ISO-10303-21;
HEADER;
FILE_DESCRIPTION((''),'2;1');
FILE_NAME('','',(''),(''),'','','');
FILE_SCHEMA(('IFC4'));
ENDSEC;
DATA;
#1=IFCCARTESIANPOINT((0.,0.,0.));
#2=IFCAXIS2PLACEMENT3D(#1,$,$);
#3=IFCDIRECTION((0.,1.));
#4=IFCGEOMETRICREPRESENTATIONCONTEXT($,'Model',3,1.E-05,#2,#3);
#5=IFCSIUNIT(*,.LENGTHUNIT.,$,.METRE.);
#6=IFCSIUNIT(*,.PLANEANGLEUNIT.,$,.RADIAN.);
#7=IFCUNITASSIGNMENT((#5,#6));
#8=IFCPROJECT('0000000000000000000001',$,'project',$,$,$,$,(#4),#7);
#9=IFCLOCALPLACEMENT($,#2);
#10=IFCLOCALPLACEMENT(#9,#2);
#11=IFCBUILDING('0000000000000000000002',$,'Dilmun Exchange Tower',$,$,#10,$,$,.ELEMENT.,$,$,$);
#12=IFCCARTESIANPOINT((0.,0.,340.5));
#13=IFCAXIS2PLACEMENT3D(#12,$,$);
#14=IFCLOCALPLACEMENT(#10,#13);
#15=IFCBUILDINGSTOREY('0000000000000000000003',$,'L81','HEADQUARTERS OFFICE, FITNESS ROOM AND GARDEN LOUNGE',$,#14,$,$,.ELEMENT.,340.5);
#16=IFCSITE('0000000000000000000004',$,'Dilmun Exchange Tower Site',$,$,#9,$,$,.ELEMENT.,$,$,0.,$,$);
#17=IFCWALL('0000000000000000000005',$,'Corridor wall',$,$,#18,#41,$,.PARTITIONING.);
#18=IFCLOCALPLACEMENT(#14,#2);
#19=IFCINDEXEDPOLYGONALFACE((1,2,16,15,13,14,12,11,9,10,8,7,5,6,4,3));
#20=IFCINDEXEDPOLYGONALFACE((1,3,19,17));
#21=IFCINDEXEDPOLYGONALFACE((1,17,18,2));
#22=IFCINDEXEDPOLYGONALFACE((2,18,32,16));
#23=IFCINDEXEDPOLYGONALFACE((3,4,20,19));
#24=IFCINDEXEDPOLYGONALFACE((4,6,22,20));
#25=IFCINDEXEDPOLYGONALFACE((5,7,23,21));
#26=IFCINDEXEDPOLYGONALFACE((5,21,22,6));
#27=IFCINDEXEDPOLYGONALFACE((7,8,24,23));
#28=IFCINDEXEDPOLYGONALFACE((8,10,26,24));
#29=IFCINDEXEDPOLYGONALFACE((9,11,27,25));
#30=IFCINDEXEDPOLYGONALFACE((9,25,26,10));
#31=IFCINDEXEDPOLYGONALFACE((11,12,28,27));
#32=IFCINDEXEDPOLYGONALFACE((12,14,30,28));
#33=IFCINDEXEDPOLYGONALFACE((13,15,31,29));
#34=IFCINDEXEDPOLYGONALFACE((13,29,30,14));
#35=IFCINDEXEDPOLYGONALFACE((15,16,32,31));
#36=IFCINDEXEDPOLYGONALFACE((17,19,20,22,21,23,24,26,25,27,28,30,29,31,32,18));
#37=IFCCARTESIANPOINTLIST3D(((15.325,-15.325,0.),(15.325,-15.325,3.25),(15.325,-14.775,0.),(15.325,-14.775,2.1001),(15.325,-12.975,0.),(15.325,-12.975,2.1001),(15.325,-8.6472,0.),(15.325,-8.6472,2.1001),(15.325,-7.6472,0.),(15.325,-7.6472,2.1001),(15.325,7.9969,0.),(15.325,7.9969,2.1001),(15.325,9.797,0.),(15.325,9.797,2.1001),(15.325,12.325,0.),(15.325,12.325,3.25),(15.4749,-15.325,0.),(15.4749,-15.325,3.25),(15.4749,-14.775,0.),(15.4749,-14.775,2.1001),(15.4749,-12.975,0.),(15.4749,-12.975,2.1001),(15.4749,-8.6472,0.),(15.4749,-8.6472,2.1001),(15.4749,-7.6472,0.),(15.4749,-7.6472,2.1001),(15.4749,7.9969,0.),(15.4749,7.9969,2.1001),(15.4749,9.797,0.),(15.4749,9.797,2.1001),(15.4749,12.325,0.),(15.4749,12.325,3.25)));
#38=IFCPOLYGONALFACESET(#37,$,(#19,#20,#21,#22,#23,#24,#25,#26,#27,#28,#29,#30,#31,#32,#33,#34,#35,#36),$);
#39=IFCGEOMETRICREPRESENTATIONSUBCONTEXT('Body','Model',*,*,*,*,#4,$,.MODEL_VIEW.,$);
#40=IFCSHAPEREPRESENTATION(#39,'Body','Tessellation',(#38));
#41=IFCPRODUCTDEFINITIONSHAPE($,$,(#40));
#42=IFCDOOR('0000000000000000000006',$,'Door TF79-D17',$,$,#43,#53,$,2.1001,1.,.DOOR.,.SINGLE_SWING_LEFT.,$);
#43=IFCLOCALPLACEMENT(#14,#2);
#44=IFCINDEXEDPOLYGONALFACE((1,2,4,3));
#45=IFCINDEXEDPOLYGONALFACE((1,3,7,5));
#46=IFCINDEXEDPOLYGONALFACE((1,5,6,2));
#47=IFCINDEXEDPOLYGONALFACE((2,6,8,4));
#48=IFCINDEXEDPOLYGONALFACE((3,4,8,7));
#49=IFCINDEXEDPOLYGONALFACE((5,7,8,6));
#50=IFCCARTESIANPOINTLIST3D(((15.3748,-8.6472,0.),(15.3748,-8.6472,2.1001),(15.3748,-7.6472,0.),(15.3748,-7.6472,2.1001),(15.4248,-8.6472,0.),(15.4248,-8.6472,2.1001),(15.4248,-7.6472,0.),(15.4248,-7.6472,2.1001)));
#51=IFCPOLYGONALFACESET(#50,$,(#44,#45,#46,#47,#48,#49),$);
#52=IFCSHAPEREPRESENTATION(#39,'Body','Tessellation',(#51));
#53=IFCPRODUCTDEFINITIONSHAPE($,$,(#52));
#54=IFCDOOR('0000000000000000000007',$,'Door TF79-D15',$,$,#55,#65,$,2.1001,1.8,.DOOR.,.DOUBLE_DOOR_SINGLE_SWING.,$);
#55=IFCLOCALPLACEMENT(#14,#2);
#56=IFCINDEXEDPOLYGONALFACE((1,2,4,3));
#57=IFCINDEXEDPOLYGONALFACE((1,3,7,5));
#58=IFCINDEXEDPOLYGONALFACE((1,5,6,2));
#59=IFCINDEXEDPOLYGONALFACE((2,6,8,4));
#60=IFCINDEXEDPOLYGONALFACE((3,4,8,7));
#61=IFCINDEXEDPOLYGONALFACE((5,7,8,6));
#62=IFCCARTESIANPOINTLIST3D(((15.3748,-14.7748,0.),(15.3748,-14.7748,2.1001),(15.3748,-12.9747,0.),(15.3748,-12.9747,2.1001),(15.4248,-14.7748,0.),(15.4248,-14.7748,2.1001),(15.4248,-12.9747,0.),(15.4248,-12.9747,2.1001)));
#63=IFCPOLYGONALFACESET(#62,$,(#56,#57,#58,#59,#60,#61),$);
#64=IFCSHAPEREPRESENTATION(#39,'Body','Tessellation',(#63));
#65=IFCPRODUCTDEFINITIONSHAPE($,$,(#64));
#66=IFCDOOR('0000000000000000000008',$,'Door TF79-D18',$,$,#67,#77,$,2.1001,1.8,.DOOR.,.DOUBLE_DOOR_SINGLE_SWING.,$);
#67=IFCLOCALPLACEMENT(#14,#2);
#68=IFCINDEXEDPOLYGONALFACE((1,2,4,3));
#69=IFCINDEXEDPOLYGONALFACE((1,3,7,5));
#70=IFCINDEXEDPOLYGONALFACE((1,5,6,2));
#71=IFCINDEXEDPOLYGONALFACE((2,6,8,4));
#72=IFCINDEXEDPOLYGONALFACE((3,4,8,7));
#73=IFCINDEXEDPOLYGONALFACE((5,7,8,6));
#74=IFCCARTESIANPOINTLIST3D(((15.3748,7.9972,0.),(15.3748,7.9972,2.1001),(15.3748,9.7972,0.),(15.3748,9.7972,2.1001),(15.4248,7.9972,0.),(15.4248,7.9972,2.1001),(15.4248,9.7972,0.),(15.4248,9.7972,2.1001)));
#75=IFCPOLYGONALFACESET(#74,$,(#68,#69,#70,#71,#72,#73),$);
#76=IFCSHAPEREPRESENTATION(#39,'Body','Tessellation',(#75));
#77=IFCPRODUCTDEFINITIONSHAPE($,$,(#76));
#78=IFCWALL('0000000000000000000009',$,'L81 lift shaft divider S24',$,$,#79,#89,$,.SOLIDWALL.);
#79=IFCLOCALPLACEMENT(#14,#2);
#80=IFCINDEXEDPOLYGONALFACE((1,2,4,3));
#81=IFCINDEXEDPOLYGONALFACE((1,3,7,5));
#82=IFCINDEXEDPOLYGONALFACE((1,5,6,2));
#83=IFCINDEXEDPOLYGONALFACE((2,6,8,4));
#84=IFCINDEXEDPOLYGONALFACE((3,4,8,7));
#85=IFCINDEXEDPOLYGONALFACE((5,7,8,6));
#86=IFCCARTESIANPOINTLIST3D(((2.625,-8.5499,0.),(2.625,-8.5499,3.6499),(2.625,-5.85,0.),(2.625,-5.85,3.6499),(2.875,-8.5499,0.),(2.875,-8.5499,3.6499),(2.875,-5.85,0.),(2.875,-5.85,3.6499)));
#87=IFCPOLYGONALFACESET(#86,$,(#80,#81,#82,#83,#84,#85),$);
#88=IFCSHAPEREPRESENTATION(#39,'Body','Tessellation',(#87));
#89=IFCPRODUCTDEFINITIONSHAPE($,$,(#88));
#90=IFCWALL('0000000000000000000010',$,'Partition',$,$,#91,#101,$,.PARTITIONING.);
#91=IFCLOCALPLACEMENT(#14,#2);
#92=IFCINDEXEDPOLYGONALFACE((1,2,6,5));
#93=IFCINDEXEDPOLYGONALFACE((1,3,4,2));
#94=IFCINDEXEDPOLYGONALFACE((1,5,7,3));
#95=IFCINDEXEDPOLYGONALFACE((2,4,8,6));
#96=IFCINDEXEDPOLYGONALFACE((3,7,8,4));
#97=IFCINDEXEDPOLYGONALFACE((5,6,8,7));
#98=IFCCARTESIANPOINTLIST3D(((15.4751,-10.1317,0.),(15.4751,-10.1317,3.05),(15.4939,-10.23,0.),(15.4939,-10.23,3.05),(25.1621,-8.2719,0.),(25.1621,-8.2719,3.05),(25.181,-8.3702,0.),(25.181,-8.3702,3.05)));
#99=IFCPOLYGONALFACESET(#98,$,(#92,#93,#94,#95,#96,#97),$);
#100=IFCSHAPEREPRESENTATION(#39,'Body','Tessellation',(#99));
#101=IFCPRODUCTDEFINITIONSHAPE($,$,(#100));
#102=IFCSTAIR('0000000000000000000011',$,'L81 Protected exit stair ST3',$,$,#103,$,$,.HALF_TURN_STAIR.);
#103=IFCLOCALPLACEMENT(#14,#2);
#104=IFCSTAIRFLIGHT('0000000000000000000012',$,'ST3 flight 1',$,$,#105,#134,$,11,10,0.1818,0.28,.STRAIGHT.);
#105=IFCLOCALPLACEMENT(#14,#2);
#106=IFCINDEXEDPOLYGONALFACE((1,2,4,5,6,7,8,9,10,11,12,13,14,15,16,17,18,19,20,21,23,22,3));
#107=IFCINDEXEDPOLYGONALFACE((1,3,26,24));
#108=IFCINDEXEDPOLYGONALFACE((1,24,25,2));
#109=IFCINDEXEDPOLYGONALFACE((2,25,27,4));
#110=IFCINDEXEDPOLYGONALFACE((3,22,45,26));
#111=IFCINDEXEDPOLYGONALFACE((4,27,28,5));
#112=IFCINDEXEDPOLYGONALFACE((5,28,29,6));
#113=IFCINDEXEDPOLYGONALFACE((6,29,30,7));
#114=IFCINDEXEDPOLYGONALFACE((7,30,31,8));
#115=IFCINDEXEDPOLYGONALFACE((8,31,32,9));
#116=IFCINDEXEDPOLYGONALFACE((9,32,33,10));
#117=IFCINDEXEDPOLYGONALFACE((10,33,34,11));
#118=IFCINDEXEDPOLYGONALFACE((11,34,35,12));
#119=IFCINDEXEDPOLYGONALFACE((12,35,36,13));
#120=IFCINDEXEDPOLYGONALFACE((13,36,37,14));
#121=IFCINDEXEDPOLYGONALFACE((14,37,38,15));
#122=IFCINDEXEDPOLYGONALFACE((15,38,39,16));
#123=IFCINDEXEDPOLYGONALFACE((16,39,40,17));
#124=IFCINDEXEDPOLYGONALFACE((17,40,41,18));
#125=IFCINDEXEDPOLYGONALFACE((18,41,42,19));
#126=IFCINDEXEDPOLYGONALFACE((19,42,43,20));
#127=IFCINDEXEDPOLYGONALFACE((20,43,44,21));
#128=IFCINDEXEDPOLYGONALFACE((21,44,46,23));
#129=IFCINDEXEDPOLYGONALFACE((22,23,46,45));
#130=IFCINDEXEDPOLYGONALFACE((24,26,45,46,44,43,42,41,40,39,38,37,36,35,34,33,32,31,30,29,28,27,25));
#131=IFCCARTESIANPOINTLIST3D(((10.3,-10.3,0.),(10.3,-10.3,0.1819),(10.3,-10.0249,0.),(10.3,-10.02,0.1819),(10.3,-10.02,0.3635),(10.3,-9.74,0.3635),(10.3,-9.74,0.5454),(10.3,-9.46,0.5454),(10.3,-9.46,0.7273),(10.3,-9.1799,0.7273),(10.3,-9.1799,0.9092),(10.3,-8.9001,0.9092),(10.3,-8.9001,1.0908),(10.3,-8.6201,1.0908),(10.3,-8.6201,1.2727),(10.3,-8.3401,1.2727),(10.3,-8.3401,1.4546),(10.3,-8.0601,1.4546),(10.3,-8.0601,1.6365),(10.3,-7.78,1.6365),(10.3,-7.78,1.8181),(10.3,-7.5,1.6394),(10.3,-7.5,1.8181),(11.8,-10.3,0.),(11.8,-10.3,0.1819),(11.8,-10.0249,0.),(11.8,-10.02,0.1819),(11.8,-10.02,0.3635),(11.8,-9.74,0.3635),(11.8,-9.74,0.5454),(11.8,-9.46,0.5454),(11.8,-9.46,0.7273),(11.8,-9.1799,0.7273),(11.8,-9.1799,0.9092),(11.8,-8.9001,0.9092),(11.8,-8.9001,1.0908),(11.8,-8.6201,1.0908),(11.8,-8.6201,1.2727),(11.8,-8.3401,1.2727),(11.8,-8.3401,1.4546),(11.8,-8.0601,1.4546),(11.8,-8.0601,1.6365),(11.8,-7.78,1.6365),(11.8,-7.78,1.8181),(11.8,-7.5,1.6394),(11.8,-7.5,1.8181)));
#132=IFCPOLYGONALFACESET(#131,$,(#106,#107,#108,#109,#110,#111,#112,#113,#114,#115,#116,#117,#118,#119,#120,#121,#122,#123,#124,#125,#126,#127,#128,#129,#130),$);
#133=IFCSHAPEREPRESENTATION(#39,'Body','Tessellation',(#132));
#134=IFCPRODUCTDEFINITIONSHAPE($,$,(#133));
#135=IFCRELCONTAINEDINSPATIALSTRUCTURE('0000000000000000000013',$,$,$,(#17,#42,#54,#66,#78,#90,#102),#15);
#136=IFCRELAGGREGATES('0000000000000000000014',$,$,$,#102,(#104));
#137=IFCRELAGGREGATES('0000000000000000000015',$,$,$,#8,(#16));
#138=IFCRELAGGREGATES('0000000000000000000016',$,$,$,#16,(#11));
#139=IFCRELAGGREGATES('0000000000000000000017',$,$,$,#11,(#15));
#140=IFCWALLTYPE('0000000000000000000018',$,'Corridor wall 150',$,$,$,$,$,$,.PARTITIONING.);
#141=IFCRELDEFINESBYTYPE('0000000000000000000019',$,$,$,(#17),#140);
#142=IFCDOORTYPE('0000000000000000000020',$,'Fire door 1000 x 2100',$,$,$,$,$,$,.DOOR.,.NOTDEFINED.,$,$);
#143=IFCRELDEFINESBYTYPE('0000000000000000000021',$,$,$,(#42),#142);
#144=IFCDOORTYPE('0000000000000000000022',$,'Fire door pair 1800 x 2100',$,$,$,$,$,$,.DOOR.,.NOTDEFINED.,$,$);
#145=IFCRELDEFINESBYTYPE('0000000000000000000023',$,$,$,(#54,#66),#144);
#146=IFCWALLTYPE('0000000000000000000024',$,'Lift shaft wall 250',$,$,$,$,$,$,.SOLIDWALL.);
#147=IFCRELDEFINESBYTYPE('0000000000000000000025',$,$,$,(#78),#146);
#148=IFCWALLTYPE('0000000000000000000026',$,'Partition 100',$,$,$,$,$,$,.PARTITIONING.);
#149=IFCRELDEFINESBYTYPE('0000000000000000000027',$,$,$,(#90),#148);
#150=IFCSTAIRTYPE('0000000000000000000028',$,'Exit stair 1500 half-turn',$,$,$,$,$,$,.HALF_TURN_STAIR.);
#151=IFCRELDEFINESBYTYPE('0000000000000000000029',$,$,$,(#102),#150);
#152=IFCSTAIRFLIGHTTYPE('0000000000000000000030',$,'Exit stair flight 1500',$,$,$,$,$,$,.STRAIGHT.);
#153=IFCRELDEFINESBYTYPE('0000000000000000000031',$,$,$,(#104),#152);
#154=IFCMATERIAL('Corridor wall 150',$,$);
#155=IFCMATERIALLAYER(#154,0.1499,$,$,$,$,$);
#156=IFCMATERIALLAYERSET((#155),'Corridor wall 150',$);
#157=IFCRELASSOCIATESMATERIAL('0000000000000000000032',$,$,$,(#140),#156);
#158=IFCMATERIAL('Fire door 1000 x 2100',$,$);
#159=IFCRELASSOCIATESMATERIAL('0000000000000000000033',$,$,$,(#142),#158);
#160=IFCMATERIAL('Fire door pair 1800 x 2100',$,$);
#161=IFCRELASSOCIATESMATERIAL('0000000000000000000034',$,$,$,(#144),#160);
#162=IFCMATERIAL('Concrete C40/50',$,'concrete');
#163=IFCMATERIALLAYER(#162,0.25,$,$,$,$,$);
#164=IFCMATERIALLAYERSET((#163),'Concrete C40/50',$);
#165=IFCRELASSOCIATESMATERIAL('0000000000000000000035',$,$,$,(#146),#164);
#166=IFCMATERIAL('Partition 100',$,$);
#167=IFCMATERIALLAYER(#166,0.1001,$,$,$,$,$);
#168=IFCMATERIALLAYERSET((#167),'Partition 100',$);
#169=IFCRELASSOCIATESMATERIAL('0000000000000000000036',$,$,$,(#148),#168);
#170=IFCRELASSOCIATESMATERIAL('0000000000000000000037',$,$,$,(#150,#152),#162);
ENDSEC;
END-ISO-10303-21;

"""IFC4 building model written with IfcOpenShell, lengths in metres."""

from ifc_helpers import new_model, si_unit, direction, frame, frame_2d, origin, place, context, subcontext, project, spatial, polyline, rectangle, outline, extrude, material, layer, layer_set, type_object, element, fill, aggregate, save


model = new_model("IFC4")

# Units and contexts
model_context = context("Model", 3, precision=1e-05, world=origin(), true_north=direction((0.0, 1.0)))
body_context = subcontext(model_context, "Body", "Model", "MODEL_VIEW")
ifc_project = project(units=[si_unit("LENGTHUNIT", "METRE"), si_unit("PLANEANGLEUNIT", "RADIAN")], contexts=[model_context])

# Site, building, storey
site_placement = place(None, origin())
site = spatial("IfcSite", under=ifc_project, at=site_placement, Name="Dilmun Exchange Tower Site", CompositionType="ELEMENT", RefElevation=0.0)
building_placement = place(site_placement, origin())
building = spatial("IfcBuilding", under=site, at=building_placement, Name="Dilmun Exchange Tower", CompositionType="ELEMENT")
storey_placement = place(building_placement, frame((0.0, 0.0, 340.5)))
storey = spatial("IfcBuildingStorey", under=building, at=storey_placement, Name="L81", Description="HEADQUARTERS OFFICE, FITNESS ROOM AND GARDEN LOUNGE", CompositionType="ELEMENT", Elevation=340.5)

# Shared definitions
ifc_material_1 = material(Name="Concrete C40/50", Category="concrete")

# Shared definitions
ifc_material_2 = material(Name="Corridor wall 150")
ifc_layer_1 = layer(ifc_material_2, 0.1499)
ifc_layer_set_1 = layer_set([ifc_layer_1], Name="Corridor wall 150")
wall_type_1 = type_object("IfcWallType", Name="Corridor wall 150", PredefinedType="PARTITIONING", material=ifc_layer_set_1)
ifc_material_3 = material(Name="Fire door 1000 x 2100")
door_type_1 = type_object("IfcDoorType", Name="Fire door 1000 x 2100", OperationType="NOTDEFINED", PredefinedType="DOOR", material=ifc_material_3)

# Wall, openings, doors
wall_1_placement = place(storey_placement, frame((15.3999, -15.325, 0.0), z_axis=(0.0, 0.0, 1.0), x_axis=(0.0, 1.0, 0.0)))
wall_1 = element("IfcWall", 1, at=wall_1_placement, inside=storey, type_object=wall_type_1, Name="Corridor wall", PredefinedType="PARTITIONING", context=body_context, shape_type="SweptSolid", body=[
    extrude(rectangle(XDim=27.6499, YDim=0.1499, at=frame_2d((13.825, 0.0))), origin(), (0.0, 0.0, 1.0), 3.25),
])
opening_1_placement = place(wall_1_placement, frame((0.55, 0.0, 0.0)))
opening_1 = element("IfcOpeningElement", 2, at=opening_1_placement, cuts=wall_1, PredefinedType="OPENING", context=body_context, shape_type="SweptSolid", body=[
    extrude(rectangle(XDim=1.8, YDim=2.1001, at=frame_2d((0.8999, 1.05))), frame((0.0, 0.085, 0.0), z_axis=(0.0, -1.0, 0.0), x_axis=(1.0, 0.0, 0.0)), (0.0, 0.0, 1.0), 0.1699),
])
opening_2_placement = place(wall_1_placement, frame((6.6777, 0.0, 0.0)))
opening_2 = element("IfcOpeningElement", 3, at=opening_2_placement, cuts=wall_1, PredefinedType="OPENING", context=body_context, shape_type="SweptSolid", body=[
    extrude(rectangle(XDim=1.0, YDim=2.1001, at=frame_2d((0.5, 1.05))), frame((0.0, 0.085, 0.0), z_axis=(0.0, -1.0, 0.0), x_axis=(1.0, 0.0, 0.0)), (0.0, 0.0, 1.0), 0.1699),
])
opening_3_placement = place(wall_1_placement, frame((23.322, 0.0, 0.0)))
opening_3 = element("IfcOpeningElement", 4, at=opening_3_placement, cuts=wall_1, PredefinedType="OPENING", context=body_context, shape_type="SweptSolid", body=[
    extrude(rectangle(XDim=1.8, YDim=2.1001, at=frame_2d((0.8999, 1.05))), frame((0.0, 0.085, 0.0), z_axis=(0.0, -1.0, 0.0), x_axis=(1.0, 0.0, 0.0)), (0.0, 0.0, 1.0), 0.1699),
])
door_1_placement = place(opening_2_placement, frame((1.0, 0.0, 0.0), z_axis=(0.0, 0.0, 1.0), x_axis=(-1.0, 0.0, 0.0)))
door_1 = element("IfcDoor", 5, at=door_1_placement, inside=storey, type_object=door_type_1, Name="Door TF79-D17", OperationType="SINGLE_SWING_LEFT", OverallHeight=2.1001, OverallWidth=1.0, PredefinedType="DOOR", context=body_context, shape_type="SweptSolid", body=[
    extrude(rectangle(XDim=1.0, YDim=2.1001, at=frame_2d((0.5, 1.05))), frame((0.0, 0.0249, 0.0), z_axis=(0.0, -1.0, 0.0), x_axis=(1.0, 0.0, 0.0)), (0.0, 0.0, 1.0), 0.05),
])
fill(opening_2, door_1)
ifc_material_4 = material(Name="Fire door pair 1800 x 2100")
door_type_2 = type_object("IfcDoorType", Name="Fire door pair 1800 x 2100", OperationType="NOTDEFINED", PredefinedType="DOOR", material=ifc_material_4)
door_2_placement = place(opening_1_placement, frame((1.8, 0.0, 0.0), z_axis=(0.0, 0.0, 1.0), x_axis=(-1.0, 0.0, 0.0)))
door_2 = element("IfcDoor", 6, at=door_2_placement, inside=storey, type_object=door_type_2, Name="Door TF79-D15", OperationType="DOUBLE_DOOR_SINGLE_SWING", OverallHeight=2.1001, OverallWidth=1.8, PredefinedType="DOOR", context=body_context, shape_type="SweptSolid", body=[
    extrude(rectangle(XDim=1.8, YDim=2.1001, at=frame_2d((0.8999, 1.05))), frame((0.0, 0.0249, 0.0), z_axis=(0.0, -1.0, 0.0), x_axis=(1.0, 0.0, 0.0)), (0.0, 0.0, 1.0), 0.05),
])
fill(opening_1, door_2)
door_3_placement = place(opening_3_placement, frame((1.8, 0.0, 0.0), z_axis=(0.0, 0.0, 1.0), x_axis=(-1.0, 0.0, 0.0)))
door_3 = element("IfcDoor", 7, at=door_3_placement, inside=storey, type_object=door_type_2, Name="Door TF79-D18", OperationType="DOUBLE_DOOR_SINGLE_SWING", OverallHeight=2.1001, OverallWidth=1.8, PredefinedType="DOOR", context=body_context, shape_type="SweptSolid", body=[
    extrude(rectangle(XDim=1.8, YDim=2.1001, at=frame_2d((0.8999, 1.05))), frame((0.0, 0.0249, 0.0), z_axis=(0.0, -1.0, 0.0), x_axis=(1.0, 0.0, 0.0)), (0.0, 0.0, 1.0), 0.05),
])
fill(opening_3, door_3)

# Walls
ifc_layer_2 = layer(ifc_material_1, 0.25)
ifc_layer_set_2 = layer_set([ifc_layer_2], Name="Concrete C40/50")
wall_type_2 = type_object("IfcWallType", Name="Lift shaft wall 250", PredefinedType="SOLIDWALL", material=ifc_layer_set_2)
wall_2_placement = place(storey_placement, frame((2.75, -8.55, 0.0), z_axis=(0.0, 0.0, 1.0), x_axis=(0.0, 1.0, 0.0)))
element("IfcWall", 8, at=wall_2_placement, inside=storey, type_object=wall_type_2, Name="L81 lift shaft divider S24", PredefinedType="SOLIDWALL", context=body_context, shape_type="SweptSolid", body=[
    extrude(rectangle(XDim=2.7, YDim=0.25, at=frame_2d((1.3501, 0.0))), origin(), (0.0, 0.0, 1.0), 3.6499),
])
ifc_material_5 = material(Name="Partition 100")
ifc_layer_3 = layer(ifc_material_5, 0.1001)
ifc_layer_set_3 = layer_set([ifc_layer_3], Name="Partition 100")
wall_type_3 = type_object("IfcWallType", Name="Partition 100", PredefinedType="PARTITIONING", material=ifc_layer_set_3)
wall_3_placement = place(storey_placement, frame((15.4844, -10.1809, 0.0), z_axis=(0.0, 0.0, 1.0), x_axis=(0.982063, 0.188552, 0.0)))
element("IfcWall", 9, at=wall_3_placement, inside=storey, type_object=wall_type_3, Name="Partition", PredefinedType="PARTITIONING", context=body_context, shape_type="SweptSolid", body=[
    extrude(rectangle(XDim=9.864, YDim=0.1001, at=frame_2d((4.9321, 0.0))), origin(), (0.0, 0.0, 1.0), 3.05),
])

# Stair, stair flight
stair_type = type_object("IfcStairType", Name="Exit stair 1500 half-turn", PredefinedType="HALF_TURN_STAIR", material=ifc_material_1)
stair_placement = place(storey_placement, origin())
stair = element("IfcStair", 10, at=stair_placement, inside=storey, type_object=stair_type, Name="L81 Protected exit stair ST3", PredefinedType="HALF_TURN_STAIR")
stair_flight_type = type_object("IfcStairFlightType", Name="Exit stair flight 1500", PredefinedType="STRAIGHT", material=ifc_material_1)
stair_flight_placement = place(storey_placement, frame((11.05, -10.3, 0.0), z_axis=(0.0, 0.0, 1.0), x_axis=(0.0, 1.0, 0.0)))
stair_flight = element("IfcStairFlight", 11, at=stair_flight_placement, type_object=stair_flight_type, Name="ST3 flight 1", NumberOfRisers=11, NumberOfTreads=10, PredefinedType="STRAIGHT", RiserHeight=0.1818, TreadLength=0.28, context=body_context, shape_type="SweptSolid", body=[
    extrude(outline(polyline([(0.0, 0.0), (0.0, 0.1819), (0.28, 0.1819), (0.28, 0.3635), (0.5601, 0.3635), (0.5601, 0.5454), (0.8401, 0.5454), (0.8401, 0.7273), (1.1201, 0.7273), (1.1201, 0.9092), (1.3999, 0.9092), (1.3999, 1.0908), (1.6799, 1.0908), (1.6799, 1.2727), (1.96, 1.2727), (1.96, 1.4546), (2.24, 1.4546), (2.24, 1.6365), (2.52, 1.6365), (2.52, 1.8181), (2.8, 1.8181), (2.8, 2.0), (2.8, 1.6394), (0.2751, 0.0), (0.0, 0.0)])), frame((0.0, 0.75, 0.0), z_axis=(0.0, -1.0, 0.0), x_axis=(1.0, 0.0, 0.0)), (0.0, 0.0, 1.0), 1.5),
])
aggregate(stair, [stair_flight])

save(model, "model.ifc")
